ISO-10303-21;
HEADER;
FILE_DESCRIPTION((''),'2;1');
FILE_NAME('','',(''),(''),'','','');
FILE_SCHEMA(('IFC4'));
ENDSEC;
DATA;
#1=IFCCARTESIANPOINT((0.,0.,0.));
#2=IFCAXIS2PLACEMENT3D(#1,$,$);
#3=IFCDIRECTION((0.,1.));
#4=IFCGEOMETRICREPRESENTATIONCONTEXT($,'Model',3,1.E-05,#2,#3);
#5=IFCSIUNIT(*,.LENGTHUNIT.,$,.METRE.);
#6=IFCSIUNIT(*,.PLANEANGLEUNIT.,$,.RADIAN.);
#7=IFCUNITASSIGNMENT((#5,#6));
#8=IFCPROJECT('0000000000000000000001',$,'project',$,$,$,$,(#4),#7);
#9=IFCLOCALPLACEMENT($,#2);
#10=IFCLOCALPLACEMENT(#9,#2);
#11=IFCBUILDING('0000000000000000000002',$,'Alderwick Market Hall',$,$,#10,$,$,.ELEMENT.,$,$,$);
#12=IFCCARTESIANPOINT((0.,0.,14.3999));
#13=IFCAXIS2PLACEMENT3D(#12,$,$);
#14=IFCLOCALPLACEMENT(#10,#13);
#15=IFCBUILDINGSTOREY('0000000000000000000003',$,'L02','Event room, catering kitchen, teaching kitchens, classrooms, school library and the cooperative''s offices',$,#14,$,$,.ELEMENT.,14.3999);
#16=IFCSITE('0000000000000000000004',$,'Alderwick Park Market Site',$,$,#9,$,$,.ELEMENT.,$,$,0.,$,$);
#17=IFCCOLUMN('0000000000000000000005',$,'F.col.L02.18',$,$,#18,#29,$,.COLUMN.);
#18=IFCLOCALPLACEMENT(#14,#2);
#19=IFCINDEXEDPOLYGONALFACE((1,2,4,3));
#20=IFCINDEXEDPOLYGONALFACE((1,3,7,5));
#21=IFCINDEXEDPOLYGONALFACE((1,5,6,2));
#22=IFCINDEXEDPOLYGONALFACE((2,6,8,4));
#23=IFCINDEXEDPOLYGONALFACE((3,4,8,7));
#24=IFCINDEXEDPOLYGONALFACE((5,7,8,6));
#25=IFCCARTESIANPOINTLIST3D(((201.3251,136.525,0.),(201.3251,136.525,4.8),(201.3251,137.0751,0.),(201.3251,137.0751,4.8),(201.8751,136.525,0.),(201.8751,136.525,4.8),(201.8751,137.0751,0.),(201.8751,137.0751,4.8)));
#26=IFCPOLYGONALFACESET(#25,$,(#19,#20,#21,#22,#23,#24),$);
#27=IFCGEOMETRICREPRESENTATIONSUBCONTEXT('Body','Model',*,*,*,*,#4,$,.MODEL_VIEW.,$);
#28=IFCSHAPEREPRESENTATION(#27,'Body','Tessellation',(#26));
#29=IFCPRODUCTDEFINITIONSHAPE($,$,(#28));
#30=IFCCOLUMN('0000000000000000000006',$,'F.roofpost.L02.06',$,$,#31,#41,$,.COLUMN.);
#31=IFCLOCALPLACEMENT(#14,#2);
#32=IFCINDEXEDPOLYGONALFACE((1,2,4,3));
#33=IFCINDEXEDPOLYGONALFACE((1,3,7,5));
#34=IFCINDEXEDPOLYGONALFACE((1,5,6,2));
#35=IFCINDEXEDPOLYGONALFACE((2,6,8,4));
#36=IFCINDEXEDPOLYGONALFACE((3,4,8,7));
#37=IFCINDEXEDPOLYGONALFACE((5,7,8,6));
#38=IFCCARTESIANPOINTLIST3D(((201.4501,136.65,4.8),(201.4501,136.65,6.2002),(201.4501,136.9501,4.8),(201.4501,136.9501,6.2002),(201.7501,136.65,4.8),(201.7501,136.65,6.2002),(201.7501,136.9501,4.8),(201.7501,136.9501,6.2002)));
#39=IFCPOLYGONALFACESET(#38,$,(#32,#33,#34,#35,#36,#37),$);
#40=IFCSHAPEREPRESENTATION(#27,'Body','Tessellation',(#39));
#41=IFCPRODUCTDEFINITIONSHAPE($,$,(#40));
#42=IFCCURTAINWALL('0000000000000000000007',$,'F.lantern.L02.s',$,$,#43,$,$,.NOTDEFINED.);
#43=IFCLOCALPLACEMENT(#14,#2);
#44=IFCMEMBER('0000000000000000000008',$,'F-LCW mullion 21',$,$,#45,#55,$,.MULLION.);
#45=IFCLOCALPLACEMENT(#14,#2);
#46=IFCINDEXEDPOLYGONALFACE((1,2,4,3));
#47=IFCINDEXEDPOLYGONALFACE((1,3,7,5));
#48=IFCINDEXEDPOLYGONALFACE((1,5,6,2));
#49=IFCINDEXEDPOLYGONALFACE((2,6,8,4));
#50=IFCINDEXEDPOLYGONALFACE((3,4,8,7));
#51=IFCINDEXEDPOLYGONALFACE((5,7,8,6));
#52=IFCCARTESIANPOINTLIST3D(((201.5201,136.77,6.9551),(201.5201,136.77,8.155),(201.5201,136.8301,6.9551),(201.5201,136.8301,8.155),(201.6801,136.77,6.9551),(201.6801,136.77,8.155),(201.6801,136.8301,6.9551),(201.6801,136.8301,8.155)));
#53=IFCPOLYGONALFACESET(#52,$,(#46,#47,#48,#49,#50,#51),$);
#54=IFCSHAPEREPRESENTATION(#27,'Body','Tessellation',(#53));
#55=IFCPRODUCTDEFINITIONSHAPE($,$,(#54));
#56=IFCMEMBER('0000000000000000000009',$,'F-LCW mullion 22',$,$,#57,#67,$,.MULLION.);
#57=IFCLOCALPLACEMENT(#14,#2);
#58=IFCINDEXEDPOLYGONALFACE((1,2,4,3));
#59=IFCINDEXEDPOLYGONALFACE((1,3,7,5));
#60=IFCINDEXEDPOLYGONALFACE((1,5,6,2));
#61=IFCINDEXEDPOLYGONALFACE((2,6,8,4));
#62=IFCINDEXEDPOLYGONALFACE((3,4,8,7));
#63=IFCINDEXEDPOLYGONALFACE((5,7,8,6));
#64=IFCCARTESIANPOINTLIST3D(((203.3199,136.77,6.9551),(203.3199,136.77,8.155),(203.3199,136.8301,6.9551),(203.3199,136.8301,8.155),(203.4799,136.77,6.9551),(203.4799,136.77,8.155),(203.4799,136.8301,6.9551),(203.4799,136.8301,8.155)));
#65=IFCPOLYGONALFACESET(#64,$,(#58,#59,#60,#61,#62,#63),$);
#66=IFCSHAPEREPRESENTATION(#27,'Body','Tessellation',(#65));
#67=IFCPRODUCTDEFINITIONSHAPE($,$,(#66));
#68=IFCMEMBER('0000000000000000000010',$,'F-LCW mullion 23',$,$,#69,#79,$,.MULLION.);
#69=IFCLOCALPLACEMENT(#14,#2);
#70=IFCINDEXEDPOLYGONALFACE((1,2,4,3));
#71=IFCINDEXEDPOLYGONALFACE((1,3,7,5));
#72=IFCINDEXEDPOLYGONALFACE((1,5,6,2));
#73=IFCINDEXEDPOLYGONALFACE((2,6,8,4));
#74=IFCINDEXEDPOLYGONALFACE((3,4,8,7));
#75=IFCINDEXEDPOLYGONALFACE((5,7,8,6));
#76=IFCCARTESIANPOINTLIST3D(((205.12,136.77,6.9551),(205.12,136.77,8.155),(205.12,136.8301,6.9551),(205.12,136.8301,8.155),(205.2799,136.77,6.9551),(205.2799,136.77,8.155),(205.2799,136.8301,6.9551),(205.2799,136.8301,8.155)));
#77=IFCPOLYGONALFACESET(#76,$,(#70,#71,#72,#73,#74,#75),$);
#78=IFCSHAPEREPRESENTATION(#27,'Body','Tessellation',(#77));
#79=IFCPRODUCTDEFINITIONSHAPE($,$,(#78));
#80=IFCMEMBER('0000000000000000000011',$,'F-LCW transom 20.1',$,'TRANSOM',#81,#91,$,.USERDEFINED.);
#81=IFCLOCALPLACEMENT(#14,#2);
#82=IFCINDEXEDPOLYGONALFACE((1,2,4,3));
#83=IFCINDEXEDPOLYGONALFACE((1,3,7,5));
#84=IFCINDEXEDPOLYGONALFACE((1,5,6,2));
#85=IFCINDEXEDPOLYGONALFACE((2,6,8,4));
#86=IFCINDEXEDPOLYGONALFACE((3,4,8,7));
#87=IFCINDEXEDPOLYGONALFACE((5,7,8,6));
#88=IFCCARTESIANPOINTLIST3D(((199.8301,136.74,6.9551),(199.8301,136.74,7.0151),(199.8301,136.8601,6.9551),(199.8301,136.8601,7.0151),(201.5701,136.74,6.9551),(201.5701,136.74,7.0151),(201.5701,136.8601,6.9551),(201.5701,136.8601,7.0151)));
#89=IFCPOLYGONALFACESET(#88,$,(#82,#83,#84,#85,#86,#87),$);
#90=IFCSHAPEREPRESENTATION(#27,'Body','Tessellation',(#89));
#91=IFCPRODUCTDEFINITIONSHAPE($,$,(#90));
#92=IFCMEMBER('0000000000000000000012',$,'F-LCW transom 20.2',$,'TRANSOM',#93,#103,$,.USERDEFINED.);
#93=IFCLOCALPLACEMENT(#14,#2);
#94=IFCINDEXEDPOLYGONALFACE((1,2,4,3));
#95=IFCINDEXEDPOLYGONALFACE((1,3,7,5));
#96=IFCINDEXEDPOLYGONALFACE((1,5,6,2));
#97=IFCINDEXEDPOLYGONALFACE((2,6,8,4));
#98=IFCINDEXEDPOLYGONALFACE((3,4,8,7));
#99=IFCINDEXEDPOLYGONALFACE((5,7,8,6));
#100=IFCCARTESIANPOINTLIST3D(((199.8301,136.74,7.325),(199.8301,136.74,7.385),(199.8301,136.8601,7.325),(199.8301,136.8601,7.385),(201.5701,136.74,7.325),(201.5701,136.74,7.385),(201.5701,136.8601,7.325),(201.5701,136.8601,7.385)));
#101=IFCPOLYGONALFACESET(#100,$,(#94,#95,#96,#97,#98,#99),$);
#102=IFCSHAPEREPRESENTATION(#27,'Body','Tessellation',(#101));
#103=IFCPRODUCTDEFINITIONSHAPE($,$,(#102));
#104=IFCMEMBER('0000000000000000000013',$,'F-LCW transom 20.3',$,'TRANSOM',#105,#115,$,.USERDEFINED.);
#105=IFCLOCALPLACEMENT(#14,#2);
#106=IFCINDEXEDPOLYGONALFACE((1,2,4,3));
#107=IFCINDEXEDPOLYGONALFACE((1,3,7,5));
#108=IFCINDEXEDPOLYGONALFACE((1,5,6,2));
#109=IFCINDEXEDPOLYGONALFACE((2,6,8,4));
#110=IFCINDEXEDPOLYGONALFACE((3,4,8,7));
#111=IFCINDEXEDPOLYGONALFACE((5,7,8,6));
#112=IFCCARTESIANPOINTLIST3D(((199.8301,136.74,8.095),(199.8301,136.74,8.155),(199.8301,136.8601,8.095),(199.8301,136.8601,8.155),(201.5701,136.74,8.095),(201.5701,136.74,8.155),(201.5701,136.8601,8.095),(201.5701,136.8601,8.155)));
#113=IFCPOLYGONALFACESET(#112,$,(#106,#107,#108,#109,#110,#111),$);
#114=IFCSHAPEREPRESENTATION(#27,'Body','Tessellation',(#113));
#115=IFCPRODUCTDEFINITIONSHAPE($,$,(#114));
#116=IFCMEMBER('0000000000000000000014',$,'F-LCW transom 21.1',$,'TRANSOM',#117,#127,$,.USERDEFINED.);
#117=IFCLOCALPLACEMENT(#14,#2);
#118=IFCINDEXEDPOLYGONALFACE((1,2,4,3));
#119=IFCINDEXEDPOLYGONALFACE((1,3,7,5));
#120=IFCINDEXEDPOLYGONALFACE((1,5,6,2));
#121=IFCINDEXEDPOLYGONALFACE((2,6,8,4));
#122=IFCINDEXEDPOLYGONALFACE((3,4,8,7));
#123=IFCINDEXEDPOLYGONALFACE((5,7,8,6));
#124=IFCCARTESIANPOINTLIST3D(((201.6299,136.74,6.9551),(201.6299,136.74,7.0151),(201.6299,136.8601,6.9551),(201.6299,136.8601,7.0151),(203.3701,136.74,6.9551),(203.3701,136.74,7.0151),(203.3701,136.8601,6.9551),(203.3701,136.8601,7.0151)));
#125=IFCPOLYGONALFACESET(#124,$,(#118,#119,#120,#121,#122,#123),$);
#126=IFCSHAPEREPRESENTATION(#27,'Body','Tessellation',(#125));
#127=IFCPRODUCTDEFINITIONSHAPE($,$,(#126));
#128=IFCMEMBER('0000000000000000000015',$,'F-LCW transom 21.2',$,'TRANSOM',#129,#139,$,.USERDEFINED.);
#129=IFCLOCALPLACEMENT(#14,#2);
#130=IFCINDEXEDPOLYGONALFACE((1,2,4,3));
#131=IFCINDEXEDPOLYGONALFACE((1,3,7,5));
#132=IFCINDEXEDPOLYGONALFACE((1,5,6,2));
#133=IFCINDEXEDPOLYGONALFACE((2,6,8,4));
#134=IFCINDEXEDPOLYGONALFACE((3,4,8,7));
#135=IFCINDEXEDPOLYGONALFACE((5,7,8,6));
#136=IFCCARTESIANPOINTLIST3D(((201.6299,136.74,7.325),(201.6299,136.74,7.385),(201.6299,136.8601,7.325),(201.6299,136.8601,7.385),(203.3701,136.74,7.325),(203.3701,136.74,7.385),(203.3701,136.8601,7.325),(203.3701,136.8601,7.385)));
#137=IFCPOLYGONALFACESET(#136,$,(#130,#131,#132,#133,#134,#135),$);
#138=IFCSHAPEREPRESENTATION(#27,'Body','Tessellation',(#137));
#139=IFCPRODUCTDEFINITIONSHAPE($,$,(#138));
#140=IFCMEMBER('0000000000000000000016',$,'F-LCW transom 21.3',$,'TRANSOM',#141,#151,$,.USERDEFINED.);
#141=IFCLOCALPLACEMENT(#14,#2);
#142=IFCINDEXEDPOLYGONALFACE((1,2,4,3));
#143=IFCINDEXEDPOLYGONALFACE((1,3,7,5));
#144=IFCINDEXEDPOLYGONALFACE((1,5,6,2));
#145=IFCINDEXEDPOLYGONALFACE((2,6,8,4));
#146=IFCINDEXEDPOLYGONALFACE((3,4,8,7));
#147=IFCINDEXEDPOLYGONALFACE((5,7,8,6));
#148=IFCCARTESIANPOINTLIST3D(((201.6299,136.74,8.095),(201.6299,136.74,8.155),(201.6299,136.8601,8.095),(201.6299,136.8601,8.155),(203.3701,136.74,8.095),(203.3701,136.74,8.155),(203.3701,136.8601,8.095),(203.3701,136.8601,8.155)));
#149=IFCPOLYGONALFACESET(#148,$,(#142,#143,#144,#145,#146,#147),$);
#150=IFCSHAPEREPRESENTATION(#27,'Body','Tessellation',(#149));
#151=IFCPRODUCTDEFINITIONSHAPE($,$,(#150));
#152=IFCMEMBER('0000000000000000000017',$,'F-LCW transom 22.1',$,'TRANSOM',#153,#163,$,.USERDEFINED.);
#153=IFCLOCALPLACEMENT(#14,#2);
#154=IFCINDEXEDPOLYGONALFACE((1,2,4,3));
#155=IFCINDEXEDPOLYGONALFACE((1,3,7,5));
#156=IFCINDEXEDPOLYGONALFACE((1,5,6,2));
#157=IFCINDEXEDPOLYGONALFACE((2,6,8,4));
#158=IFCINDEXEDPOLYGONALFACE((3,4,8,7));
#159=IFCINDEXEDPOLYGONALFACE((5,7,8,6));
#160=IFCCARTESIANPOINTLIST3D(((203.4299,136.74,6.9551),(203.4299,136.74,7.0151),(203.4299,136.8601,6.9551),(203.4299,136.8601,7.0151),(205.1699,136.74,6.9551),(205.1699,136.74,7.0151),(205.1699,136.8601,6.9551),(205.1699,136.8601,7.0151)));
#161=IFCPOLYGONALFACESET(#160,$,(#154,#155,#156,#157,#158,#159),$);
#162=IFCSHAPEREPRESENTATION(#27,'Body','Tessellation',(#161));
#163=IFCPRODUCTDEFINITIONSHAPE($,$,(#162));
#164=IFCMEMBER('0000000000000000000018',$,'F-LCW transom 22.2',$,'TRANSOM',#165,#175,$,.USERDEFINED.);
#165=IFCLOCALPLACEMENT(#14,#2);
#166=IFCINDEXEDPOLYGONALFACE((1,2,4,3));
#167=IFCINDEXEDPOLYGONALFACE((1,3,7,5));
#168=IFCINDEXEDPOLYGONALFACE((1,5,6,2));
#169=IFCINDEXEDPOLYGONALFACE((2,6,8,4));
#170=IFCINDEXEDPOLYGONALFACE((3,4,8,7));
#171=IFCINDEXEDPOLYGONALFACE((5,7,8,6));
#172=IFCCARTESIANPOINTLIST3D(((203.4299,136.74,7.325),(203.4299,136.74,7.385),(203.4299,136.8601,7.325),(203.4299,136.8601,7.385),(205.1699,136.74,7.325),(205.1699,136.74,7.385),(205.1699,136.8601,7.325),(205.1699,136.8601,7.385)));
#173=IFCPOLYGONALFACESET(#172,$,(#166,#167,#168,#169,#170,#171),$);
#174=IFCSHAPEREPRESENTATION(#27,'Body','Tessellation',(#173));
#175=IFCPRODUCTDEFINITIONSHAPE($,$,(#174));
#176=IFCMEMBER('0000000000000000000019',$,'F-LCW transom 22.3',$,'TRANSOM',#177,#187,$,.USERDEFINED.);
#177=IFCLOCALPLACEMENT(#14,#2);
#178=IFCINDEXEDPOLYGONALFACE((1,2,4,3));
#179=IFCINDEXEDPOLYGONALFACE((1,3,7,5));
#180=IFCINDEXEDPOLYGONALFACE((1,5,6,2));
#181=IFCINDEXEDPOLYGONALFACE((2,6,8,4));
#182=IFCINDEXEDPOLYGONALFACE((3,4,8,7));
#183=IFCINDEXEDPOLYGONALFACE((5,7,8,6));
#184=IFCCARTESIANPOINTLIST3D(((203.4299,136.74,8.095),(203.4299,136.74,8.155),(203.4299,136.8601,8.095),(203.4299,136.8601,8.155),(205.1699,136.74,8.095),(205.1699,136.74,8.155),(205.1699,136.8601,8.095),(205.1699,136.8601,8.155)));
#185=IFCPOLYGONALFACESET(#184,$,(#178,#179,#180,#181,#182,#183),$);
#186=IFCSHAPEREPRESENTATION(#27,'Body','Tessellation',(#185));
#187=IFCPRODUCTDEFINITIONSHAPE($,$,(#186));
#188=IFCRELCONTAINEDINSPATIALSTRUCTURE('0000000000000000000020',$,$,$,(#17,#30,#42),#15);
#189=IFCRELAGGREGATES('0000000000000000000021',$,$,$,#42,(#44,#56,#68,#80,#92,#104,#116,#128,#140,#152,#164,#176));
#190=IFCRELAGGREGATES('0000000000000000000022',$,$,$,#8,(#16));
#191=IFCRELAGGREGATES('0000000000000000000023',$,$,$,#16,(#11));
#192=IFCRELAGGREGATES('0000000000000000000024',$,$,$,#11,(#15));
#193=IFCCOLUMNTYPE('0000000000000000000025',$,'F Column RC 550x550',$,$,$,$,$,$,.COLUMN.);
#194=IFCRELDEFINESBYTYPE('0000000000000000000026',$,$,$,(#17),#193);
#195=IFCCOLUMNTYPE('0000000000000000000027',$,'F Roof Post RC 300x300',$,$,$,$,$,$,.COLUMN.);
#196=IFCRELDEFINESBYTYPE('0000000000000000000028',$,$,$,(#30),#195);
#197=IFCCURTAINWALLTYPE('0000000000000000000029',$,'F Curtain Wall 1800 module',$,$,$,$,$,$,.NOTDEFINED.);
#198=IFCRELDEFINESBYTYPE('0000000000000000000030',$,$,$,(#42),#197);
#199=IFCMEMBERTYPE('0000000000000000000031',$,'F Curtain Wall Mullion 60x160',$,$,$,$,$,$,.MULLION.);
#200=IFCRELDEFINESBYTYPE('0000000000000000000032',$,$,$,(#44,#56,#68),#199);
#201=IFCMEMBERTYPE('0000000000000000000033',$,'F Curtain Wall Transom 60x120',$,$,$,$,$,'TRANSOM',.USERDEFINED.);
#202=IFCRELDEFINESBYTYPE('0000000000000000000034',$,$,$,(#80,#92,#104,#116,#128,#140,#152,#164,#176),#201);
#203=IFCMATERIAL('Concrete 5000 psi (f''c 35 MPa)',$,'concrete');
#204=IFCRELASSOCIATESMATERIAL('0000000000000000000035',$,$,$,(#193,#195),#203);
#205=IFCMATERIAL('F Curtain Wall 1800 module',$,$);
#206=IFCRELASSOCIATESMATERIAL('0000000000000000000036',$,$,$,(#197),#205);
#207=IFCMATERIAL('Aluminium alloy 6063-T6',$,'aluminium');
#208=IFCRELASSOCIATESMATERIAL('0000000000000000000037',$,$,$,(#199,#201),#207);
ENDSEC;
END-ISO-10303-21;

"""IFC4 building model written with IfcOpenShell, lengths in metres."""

from ifc_helpers import new_model, si_unit, direction, frame, origin, origin_2d, place, context, subcontext, project, spatial, rectangle, extrude, material, material_profile, profile_set, type_object, element, aggregate, save


model = new_model("IFC4")

# Units and contexts
model_context = context("Model", 3, precision=1e-05, world=origin(), true_north=direction((0.0, 1.0)))
body_context = subcontext(model_context, "Body", "Model", "MODEL_VIEW")
ifc_project = project(units=[si_unit("LENGTHUNIT", "METRE"), si_unit("PLANEANGLEUNIT", "RADIAN")], contexts=[model_context])

# Site, building, storey
site_placement = place(None, origin())
site = spatial("IfcSite", under=ifc_project, at=site_placement, Name="Alderwick Park Market Site", CompositionType="ELEMENT", RefElevation=0.0)
building_placement = place(site_placement, origin())
building = spatial("IfcBuilding", under=site, at=building_placement, Name="Alderwick Market Hall", CompositionType="ELEMENT")
storey_placement = place(building_placement, frame((0.0, 0.0, 14.3999)))
storey = spatial("IfcBuildingStorey", under=building, at=storey_placement, Name="L02", Description="Event room, catering kitchen, teaching kitchens, classrooms, school library and the cooperative's offices", CompositionType="ELEMENT", Elevation=14.3999)

# Columns
ifc_material_1 = material(Name="Concrete 5000 psi (f'c 35 MPa)", Category="concrete")
ifc_material_profile_1 = material_profile(ifc_material_1, rectangle(XDim=0.55, YDim=0.55, at=origin_2d()), Name="RC 550x550")
ifc_profile_set_1 = profile_set([ifc_material_profile_1], Name="Concrete 5000 psi (f'c 35 MPa)")
column_type_1 = type_object("IfcColumnType", Name="F Column RC 550x550", PredefinedType="COLUMN", material=ifc_profile_set_1)
column_1_placement = place(storey_placement, frame((201.6001, 136.8, 0.0), z_axis=(0.0, 0.0, 1.0), x_axis=(1.0, 0.0, 0.0)))
element("IfcColumn", 1, at=column_1_placement, inside=storey, type_object=column_type_1, Name="F.col.L02.18", PredefinedType="COLUMN", context=body_context, shape_type="SweptSolid", body=[
    extrude(rectangle(XDim=0.55, YDim=0.55, at=origin_2d()), origin(), (0.0, 0.0, 1.0), 4.8),
])
ifc_material_profile_2 = material_profile(ifc_material_1, rectangle(XDim=0.3, YDim=0.3, at=origin_2d()), Name="RC 300x300")
ifc_profile_set_2 = profile_set([ifc_material_profile_2], Name="Concrete 5000 psi (f'c 35 MPa)")
column_type_2 = type_object("IfcColumnType", Name="F Roof Post RC 300x300", PredefinedType="COLUMN", material=ifc_profile_set_2)
column_2_placement = place(storey_placement, frame((201.6001, 136.8, 4.8), z_axis=(0.0, 0.0, 1.0), x_axis=(1.0, 0.0, 0.0)))
element("IfcColumn", 2, at=column_2_placement, inside=storey, type_object=column_type_2, Name="F.roofpost.L02.06", PredefinedType="COLUMN", context=body_context, shape_type="SweptSolid", body=[
    extrude(rectangle(XDim=0.3, YDim=0.3, at=origin_2d()), origin(), (0.0, 0.0, 1.0), 1.4001),
])

# Curtain wall, members
ifc_material_2 = material(Name="F Curtain Wall 1800 module")
curtain_wall_type = type_object("IfcCurtainWallType", Name="F Curtain Wall 1800 module", PredefinedType="NOTDEFINED", material=ifc_material_2)
curtain_wall_placement = place(storey_placement, origin())
curtain_wall = element("IfcCurtainWall", 3, at=curtain_wall_placement, inside=storey, type_object=curtain_wall_type, Name="F.lantern.L02.s", PredefinedType="NOTDEFINED")
ifc_material_3 = material(Name="Aluminium alloy 6063-T6", Category="aluminium")
ifc_material_profile_3 = material_profile(ifc_material_3, rectangle(XDim=0.0601, YDim=0.1599, at=origin_2d()), Name="AL 60x160")
ifc_profile_set_3 = profile_set([ifc_material_profile_3], Name="Aluminium alloy 6063-T6")
member_type_1 = type_object("IfcMemberType", Name="F Curtain Wall Mullion 60x160", PredefinedType="MULLION", material=ifc_profile_set_3)
member_1_placement = place(storey_placement, frame((201.6001, 136.8, 6.9551), z_axis=(0.0, 0.0, 1.0), x_axis=(0.0, 1.0, 0.0)))
member_1 = element("IfcMember", 4, at=member_1_placement, type_object=member_type_1, Name="F-LCW mullion 21", PredefinedType="MULLION", context=body_context, shape_type="SweptSolid", body=[
    extrude(rectangle(XDim=0.0601, YDim=0.1599, at=origin_2d()), origin(), (0.0, 0.0, 1.0), 1.2),
])
member_2_placement = place(storey_placement, frame((203.3999, 136.8, 6.9551), z_axis=(0.0, 0.0, 1.0), x_axis=(0.0, 1.0, 0.0)))
member_2 = element("IfcMember", 5, at=member_2_placement, type_object=member_type_1, Name="F-LCW mullion 22", PredefinedType="MULLION", context=body_context, shape_type="SweptSolid", body=[
    extrude(rectangle(XDim=0.0601, YDim=0.1599, at=origin_2d()), origin(), (0.0, 0.0, 1.0), 1.2),
])
member_3_placement = place(storey_placement, frame((205.2, 136.8, 6.9551), z_axis=(0.0, 0.0, 1.0), x_axis=(0.0, 1.0, 0.0)))
member_3 = element("IfcMember", 6, at=member_3_placement, type_object=member_type_1, Name="F-LCW mullion 23", PredefinedType="MULLION", context=body_context, shape_type="SweptSolid", body=[
    extrude(rectangle(XDim=0.0601, YDim=0.1599, at=origin_2d()), origin(), (0.0, 0.0, 1.0), 1.2),
])
ifc_material_profile_4 = material_profile(ifc_material_3, rectangle(XDim=0.1201, YDim=0.0601, at=origin_2d()), Name="AL 60x120")
ifc_profile_set_4 = profile_set([ifc_material_profile_4], Name="Aluminium alloy 6063-T6")
member_type_2 = type_object("IfcMemberType", Name="F Curtain Wall Transom 60x120", ElementType="TRANSOM", PredefinedType="USERDEFINED", material=ifc_profile_set_4)
member_4_placement = place(storey_placement, frame((199.8301, 136.8, 6.9851), z_axis=(1.0, 0.0, 0.0), x_axis=(0.0, 1.0, 0.0)))
member_4 = element("IfcMember", 7, at=member_4_placement, type_object=member_type_2, Name="F-LCW transom 20.1", ObjectType="TRANSOM", PredefinedType="USERDEFINED", context=body_context, shape_type="SweptSolid", body=[
    extrude(rectangle(XDim=0.1201, YDim=0.0601, at=origin_2d()), origin(), (0.0, 0.0, 1.0), 1.74),
])
member_5_placement = place(storey_placement, frame((199.8301, 136.8, 7.355), z_axis=(1.0, 0.0, 0.0), x_axis=(0.0, 1.0, 0.0)))
member_5 = element("IfcMember", 8, at=member_5_placement, type_object=member_type_2, Name="F-LCW transom 20.2", ObjectType="TRANSOM", PredefinedType="USERDEFINED", context=body_context, shape_type="SweptSolid", body=[
    extrude(rectangle(XDim=0.1201, YDim=0.0601, at=origin_2d()), origin(), (0.0, 0.0, 1.0), 1.74),
])
member_6_placement = place(storey_placement, frame((199.8301, 136.8, 8.125), z_axis=(1.0, 0.0, 0.0), x_axis=(0.0, 1.0, 0.0)))
member_6 = element("IfcMember", 9, at=member_6_placement, type_object=member_type_2, Name="F-LCW transom 20.3", ObjectType="TRANSOM", PredefinedType="USERDEFINED", context=body_context, shape_type="SweptSolid", body=[
    extrude(rectangle(XDim=0.1201, YDim=0.0601, at=origin_2d()), origin(), (0.0, 0.0, 1.0), 1.74),
])
member_7_placement = place(storey_placement, frame((201.6299, 136.8, 6.9851), z_axis=(1.0, 0.0, 0.0), x_axis=(0.0, 1.0, 0.0)))
member_7 = element("IfcMember", 10, at=member_7_placement, type_object=member_type_2, Name="F-LCW transom 21.1", ObjectType="TRANSOM", PredefinedType="USERDEFINED", context=body_context, shape_type="SweptSolid", body=[
    extrude(rectangle(XDim=0.1201, YDim=0.0601, at=origin_2d()), origin(), (0.0, 0.0, 1.0), 1.7402),
])
member_8_placement = place(storey_placement, frame((201.6299, 136.8, 7.355), z_axis=(1.0, 0.0, 0.0), x_axis=(0.0, 1.0, 0.0)))
member_8 = element("IfcMember", 11, at=member_8_placement, type_object=member_type_2, Name="F-LCW transom 21.2", ObjectType="TRANSOM", PredefinedType="USERDEFINED", context=body_context, shape_type="SweptSolid", body=[
    extrude(rectangle(XDim=0.1201, YDim=0.0601, at=origin_2d()), origin(), (0.0, 0.0, 1.0), 1.7402),
])
member_9_placement = place(storey_placement, frame((201.6299, 136.8, 8.125), z_axis=(1.0, 0.0, 0.0), x_axis=(0.0, 1.0, 0.0)))
member_9 = element("IfcMember", 12, at=member_9_placement, type_object=member_type_2, Name="F-LCW transom 21.3", ObjectType="TRANSOM", PredefinedType="USERDEFINED", context=body_context, shape_type="SweptSolid", body=[
    extrude(rectangle(XDim=0.1201, YDim=0.0601, at=origin_2d()), origin(), (0.0, 0.0, 1.0), 1.7402),
])
member_10_placement = place(storey_placement, frame((203.4299, 136.8, 6.9851), z_axis=(1.0, 0.0, 0.0), x_axis=(0.0, 1.0, 0.0)))
member_10 = element("IfcMember", 13, at=member_10_placement, type_object=member_type_2, Name="F-LCW transom 22.1", ObjectType="TRANSOM", PredefinedType="USERDEFINED", context=body_context, shape_type="SweptSolid", body=[
    extrude(rectangle(XDim=0.1201, YDim=0.0601, at=origin_2d()), origin(), (0.0, 0.0, 1.0), 1.74),
])
member_11_placement = place(storey_placement, frame((203.4299, 136.8, 7.355), z_axis=(1.0, 0.0, 0.0), x_axis=(0.0, 1.0, 0.0)))
member_11 = element("IfcMember", 14, at=member_11_placement, type_object=member_type_2, Name="F-LCW transom 22.2", ObjectType="TRANSOM", PredefinedType="USERDEFINED", context=body_context, shape_type="SweptSolid", body=[
    extrude(rectangle(XDim=0.1201, YDim=0.0601, at=origin_2d()), origin(), (0.0, 0.0, 1.0), 1.74),
])
member_12_placement = place(storey_placement, frame((203.4299, 136.8, 8.125), z_axis=(1.0, 0.0, 0.0), x_axis=(0.0, 1.0, 0.0)))
member_12 = element("IfcMember", 15, at=member_12_placement, type_object=member_type_2, Name="F-LCW transom 22.3", ObjectType="TRANSOM", PredefinedType="USERDEFINED", context=body_context, shape_type="SweptSolid", body=[
    extrude(rectangle(XDim=0.1201, YDim=0.0601, at=origin_2d()), origin(), (0.0, 0.0, 1.0), 1.74),
])

aggregate(curtain_wall, [member_1, member_2, member_3, member_4, member_5, member_6, member_7, member_8, member_9, member_10, member_11, member_12])

save(model, "model.ifc")
